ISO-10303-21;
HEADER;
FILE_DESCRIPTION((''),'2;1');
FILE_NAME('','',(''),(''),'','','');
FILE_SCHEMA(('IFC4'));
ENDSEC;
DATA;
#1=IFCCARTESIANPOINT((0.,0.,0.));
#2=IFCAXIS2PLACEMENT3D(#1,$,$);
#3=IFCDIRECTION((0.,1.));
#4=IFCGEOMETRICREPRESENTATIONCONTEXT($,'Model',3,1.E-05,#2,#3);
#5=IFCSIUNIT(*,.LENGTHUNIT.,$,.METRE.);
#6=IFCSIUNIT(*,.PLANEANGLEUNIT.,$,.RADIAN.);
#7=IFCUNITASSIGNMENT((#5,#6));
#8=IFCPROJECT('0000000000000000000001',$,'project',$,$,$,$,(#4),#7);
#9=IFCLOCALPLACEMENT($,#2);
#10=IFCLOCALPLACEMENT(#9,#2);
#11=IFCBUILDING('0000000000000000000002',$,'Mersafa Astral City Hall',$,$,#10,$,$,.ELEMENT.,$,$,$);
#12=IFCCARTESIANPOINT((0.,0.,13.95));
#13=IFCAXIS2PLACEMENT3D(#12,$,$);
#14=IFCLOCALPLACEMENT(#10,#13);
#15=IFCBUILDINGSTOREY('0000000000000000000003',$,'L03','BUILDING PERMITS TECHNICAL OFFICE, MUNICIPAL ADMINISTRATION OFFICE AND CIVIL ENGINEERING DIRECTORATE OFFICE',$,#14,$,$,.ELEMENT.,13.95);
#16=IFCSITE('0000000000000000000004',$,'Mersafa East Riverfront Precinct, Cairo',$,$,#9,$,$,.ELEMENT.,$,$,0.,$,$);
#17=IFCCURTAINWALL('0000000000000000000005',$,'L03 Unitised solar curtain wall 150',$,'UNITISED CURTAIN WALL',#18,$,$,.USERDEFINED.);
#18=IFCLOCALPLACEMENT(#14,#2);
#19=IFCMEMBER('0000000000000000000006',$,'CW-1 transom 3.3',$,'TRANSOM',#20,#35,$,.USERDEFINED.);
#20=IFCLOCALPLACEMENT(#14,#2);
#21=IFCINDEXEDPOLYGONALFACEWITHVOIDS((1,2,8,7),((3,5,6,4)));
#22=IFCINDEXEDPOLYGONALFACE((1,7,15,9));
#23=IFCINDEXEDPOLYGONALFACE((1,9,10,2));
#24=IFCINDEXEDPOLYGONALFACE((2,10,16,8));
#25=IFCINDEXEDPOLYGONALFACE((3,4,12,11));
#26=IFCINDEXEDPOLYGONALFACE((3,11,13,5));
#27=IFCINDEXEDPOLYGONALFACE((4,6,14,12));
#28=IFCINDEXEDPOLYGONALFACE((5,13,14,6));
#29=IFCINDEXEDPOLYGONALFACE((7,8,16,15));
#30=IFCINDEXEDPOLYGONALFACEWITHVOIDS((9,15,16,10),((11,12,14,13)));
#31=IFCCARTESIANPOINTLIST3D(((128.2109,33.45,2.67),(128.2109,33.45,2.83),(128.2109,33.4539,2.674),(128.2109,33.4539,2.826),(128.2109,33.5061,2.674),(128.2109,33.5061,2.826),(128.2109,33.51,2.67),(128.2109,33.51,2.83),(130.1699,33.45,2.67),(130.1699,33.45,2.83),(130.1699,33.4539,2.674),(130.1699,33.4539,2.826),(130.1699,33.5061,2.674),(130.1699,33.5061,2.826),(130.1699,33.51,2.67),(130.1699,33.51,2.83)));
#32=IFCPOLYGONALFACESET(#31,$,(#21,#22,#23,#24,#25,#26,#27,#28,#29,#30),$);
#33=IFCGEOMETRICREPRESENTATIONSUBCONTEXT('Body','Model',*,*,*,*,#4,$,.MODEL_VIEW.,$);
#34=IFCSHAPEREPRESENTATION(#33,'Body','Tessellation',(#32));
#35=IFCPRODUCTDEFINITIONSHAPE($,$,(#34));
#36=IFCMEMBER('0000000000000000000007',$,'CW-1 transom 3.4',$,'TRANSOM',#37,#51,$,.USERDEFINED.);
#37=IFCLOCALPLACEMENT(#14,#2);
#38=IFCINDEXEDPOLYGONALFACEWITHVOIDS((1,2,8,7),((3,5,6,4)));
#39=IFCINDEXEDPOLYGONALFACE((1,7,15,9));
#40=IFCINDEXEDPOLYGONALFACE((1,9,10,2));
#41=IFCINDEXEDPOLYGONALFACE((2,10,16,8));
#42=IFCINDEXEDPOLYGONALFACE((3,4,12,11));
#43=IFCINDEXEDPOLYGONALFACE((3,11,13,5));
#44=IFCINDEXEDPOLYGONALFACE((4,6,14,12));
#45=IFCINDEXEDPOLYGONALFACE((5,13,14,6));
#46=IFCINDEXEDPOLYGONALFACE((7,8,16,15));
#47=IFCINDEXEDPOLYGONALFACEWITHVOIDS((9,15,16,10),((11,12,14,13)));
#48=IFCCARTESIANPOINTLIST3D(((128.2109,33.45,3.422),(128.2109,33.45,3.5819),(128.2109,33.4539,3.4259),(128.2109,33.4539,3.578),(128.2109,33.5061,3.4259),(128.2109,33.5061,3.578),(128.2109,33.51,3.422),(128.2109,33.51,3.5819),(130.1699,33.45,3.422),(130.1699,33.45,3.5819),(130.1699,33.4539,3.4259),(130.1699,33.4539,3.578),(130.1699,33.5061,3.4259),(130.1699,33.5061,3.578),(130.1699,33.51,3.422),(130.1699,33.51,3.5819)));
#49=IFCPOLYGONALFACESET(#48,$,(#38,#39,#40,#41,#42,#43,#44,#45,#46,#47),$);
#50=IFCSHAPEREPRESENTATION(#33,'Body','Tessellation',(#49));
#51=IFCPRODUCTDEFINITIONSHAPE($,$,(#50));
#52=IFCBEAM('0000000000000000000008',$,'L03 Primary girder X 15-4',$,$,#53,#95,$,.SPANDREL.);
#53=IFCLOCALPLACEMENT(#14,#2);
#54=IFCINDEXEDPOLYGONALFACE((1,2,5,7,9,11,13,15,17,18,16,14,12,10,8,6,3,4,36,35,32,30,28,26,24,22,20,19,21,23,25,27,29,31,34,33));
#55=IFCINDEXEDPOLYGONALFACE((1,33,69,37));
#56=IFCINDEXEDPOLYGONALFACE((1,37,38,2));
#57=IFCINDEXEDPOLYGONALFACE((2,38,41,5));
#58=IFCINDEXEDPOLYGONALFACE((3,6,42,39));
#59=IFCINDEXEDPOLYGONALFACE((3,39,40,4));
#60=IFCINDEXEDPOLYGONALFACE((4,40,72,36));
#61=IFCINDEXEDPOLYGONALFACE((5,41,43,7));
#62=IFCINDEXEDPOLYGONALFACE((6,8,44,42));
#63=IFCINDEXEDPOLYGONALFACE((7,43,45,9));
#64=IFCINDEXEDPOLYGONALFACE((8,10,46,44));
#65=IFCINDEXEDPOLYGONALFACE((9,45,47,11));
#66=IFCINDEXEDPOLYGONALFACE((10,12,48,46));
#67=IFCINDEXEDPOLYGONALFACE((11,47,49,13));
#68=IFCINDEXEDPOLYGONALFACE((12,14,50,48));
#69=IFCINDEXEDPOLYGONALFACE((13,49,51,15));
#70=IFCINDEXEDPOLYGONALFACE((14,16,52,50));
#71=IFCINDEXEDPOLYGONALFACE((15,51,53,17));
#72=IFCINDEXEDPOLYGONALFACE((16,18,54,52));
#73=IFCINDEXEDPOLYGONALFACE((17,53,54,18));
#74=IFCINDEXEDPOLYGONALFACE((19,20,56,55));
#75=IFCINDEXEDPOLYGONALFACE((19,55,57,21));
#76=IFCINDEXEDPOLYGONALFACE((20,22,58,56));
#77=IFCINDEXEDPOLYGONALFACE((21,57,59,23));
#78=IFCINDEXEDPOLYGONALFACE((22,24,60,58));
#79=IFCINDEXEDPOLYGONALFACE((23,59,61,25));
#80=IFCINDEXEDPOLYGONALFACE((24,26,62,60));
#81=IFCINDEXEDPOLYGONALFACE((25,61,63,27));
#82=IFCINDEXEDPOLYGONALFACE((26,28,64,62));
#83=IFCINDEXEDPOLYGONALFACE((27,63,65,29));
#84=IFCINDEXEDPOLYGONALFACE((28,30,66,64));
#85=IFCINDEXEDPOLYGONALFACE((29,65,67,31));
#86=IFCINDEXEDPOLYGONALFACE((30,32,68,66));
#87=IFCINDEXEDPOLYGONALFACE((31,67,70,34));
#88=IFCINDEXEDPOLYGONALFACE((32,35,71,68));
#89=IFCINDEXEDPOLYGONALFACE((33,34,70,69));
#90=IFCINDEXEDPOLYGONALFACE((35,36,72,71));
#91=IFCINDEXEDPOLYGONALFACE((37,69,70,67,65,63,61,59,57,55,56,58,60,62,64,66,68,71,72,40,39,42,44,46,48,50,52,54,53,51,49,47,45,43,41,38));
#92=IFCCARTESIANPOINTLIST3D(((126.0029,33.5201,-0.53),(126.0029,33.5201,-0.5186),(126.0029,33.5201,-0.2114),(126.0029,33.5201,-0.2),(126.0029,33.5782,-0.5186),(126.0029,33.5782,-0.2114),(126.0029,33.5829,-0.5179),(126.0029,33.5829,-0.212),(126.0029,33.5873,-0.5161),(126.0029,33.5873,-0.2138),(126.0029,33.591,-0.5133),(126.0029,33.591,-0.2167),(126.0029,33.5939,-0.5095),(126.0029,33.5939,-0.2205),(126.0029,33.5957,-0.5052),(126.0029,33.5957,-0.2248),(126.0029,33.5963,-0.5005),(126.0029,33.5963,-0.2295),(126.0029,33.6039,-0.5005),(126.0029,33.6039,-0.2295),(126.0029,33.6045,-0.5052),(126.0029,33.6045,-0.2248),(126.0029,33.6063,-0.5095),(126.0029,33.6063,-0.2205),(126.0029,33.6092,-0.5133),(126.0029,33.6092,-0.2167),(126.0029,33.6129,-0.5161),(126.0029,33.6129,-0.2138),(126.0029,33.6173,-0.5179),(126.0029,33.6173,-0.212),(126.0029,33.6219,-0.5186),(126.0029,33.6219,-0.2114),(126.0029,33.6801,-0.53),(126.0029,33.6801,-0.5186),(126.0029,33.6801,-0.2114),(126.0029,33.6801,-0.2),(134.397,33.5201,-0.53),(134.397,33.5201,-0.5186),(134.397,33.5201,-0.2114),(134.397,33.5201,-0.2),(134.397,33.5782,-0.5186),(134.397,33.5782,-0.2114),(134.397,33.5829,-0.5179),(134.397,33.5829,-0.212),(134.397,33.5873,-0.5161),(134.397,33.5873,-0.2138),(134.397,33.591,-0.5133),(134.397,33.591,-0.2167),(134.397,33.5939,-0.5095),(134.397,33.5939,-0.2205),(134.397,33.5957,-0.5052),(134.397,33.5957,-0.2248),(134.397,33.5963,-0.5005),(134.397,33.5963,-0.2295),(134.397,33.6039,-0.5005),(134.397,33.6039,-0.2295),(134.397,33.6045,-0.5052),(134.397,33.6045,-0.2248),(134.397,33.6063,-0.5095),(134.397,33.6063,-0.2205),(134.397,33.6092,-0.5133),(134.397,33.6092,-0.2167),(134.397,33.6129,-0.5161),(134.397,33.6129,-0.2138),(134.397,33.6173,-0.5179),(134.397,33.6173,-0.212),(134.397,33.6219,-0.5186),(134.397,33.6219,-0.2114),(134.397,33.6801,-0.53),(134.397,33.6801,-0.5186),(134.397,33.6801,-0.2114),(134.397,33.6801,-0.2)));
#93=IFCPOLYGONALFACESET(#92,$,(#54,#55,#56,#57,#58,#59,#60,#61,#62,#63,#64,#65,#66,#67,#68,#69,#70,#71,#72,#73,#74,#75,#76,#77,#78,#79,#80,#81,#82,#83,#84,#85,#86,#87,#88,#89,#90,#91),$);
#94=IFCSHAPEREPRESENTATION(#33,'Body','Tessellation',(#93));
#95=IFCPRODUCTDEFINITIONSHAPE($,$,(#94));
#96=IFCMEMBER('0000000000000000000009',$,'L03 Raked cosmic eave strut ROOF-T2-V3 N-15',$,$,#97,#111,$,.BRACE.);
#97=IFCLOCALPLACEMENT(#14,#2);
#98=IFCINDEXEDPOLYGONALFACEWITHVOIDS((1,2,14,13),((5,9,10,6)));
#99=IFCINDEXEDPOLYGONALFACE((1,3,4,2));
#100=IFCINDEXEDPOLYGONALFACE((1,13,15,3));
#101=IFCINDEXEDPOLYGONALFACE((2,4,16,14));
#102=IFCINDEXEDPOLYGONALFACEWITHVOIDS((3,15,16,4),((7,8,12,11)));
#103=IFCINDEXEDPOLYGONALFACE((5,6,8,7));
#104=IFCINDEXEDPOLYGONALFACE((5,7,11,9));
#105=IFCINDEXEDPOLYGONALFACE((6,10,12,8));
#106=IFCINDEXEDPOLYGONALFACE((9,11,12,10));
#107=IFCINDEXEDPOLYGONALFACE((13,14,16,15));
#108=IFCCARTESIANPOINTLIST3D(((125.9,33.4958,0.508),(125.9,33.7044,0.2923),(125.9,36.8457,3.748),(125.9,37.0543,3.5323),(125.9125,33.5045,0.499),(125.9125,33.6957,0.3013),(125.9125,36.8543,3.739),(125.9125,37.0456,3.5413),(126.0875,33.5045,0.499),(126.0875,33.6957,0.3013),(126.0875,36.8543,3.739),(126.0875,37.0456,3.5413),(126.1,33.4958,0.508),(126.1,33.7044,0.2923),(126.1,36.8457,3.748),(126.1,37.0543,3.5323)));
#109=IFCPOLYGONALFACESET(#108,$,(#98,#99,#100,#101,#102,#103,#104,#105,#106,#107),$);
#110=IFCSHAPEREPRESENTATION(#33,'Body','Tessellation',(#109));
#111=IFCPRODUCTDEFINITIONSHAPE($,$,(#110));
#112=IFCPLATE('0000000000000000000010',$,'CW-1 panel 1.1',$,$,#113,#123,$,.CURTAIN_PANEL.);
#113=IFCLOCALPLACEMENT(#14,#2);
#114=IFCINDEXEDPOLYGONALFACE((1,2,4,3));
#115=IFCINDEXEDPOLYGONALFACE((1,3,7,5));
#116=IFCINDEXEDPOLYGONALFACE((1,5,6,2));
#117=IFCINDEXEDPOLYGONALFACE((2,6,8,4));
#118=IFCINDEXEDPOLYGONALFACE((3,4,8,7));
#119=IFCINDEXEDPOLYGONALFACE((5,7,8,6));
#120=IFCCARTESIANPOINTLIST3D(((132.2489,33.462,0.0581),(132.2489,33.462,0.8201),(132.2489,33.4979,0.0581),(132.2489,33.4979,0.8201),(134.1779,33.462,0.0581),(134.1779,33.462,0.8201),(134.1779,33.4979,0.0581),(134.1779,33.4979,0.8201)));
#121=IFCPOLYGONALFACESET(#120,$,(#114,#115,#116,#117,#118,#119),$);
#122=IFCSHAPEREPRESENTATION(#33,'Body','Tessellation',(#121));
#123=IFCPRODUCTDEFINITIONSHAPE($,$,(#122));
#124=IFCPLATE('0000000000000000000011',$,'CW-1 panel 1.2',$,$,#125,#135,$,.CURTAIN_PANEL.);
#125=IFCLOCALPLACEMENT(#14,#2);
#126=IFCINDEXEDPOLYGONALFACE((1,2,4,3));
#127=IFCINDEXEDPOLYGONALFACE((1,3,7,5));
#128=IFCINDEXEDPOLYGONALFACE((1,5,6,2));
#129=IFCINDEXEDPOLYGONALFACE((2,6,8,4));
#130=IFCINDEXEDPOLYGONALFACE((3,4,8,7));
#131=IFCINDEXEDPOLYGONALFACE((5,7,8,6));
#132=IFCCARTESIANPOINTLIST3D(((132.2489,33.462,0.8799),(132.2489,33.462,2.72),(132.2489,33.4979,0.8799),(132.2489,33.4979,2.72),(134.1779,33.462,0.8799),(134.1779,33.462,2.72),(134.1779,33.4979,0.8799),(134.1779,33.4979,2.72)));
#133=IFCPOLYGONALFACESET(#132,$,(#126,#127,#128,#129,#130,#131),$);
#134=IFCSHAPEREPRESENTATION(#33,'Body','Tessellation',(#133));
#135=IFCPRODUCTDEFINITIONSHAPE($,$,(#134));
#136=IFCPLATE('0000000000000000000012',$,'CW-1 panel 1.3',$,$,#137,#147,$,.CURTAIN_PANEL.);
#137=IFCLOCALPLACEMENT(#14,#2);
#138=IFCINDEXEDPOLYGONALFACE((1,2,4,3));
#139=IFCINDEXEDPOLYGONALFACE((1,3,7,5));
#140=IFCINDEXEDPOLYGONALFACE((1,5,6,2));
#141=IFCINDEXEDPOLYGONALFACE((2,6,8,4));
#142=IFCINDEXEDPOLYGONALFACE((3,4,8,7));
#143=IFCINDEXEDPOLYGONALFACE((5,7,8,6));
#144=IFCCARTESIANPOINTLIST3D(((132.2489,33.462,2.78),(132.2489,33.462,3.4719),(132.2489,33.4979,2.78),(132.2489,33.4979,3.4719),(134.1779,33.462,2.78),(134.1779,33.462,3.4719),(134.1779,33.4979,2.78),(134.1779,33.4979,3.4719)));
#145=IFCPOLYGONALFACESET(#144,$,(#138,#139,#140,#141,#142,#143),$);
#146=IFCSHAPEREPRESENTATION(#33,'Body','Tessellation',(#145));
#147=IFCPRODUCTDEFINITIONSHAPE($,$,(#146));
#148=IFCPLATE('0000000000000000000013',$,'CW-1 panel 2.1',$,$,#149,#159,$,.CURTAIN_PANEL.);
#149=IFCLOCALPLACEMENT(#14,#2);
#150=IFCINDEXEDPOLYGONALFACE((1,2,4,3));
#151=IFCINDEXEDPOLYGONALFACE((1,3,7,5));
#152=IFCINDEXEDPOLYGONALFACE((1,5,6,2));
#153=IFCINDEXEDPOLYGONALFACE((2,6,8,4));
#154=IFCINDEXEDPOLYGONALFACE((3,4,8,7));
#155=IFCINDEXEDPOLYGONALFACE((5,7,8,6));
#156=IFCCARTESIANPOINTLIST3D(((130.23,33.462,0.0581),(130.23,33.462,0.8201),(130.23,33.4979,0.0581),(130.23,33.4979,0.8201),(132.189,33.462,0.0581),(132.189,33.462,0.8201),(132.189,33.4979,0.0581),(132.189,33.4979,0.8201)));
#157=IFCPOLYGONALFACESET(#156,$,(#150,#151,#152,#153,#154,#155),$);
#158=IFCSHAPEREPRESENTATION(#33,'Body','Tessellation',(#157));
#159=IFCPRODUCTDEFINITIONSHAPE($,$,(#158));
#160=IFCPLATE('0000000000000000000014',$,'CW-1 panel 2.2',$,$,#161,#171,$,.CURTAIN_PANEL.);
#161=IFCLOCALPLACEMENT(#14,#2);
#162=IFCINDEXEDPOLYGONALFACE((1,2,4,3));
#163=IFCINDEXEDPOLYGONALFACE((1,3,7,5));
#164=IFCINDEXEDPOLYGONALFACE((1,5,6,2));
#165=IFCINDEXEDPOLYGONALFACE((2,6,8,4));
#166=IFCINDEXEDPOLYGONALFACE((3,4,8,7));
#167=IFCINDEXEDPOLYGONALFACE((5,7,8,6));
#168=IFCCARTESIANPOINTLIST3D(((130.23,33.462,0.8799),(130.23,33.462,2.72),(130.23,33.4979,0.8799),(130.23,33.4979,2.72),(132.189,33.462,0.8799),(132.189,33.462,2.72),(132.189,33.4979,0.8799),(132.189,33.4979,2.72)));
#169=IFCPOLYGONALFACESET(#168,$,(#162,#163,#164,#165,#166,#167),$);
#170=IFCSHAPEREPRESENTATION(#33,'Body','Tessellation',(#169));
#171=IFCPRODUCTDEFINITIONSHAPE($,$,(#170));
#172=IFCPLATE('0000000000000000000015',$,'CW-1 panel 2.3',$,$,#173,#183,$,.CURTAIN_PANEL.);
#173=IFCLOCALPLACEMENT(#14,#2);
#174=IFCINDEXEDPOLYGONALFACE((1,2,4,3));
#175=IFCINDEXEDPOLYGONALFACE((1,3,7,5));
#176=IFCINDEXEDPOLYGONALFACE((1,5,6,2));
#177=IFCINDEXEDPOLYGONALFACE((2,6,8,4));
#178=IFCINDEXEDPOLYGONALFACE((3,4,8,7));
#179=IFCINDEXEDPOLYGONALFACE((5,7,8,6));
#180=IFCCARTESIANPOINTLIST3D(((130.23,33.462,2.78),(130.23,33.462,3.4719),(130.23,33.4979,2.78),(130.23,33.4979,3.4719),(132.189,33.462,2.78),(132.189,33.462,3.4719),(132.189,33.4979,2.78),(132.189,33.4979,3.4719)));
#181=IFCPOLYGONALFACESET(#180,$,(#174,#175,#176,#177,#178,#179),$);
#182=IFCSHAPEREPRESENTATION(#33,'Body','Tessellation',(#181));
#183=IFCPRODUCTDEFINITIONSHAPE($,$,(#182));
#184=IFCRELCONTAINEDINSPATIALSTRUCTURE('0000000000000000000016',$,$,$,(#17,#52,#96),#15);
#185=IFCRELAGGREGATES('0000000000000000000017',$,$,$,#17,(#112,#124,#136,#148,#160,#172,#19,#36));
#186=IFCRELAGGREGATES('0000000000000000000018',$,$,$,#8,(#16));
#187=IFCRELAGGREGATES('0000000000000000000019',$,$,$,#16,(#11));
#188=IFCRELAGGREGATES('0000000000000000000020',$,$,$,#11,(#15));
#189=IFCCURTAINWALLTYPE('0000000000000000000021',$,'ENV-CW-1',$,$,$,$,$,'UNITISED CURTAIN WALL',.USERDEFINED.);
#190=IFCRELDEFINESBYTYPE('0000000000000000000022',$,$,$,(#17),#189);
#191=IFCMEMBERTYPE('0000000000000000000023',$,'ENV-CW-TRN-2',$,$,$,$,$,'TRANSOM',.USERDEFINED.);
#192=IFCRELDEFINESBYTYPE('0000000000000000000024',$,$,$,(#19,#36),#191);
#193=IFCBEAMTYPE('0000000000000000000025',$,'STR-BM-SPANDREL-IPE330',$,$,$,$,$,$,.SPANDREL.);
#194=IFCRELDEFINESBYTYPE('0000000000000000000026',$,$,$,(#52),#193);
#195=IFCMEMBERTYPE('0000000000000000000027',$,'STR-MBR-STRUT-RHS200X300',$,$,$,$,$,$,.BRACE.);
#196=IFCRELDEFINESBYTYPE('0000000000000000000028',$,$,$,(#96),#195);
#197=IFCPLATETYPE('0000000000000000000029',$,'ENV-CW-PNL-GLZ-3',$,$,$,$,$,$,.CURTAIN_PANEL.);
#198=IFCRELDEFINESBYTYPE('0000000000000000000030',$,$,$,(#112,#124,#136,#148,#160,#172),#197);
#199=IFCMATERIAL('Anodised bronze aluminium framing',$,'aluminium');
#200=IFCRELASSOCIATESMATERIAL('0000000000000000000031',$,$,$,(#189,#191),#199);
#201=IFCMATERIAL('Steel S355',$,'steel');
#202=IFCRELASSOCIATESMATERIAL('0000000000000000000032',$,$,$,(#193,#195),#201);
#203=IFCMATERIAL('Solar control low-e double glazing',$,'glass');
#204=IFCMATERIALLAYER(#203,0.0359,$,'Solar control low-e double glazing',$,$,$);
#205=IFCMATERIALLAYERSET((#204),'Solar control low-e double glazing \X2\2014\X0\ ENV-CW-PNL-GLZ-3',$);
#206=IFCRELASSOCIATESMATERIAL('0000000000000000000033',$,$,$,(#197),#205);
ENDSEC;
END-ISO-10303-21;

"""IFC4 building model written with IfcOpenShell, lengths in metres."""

from ifc_helpers import new_model, si_unit, direction, frame, origin, origin_2d, place, context, subcontext, project, spatial, rectangle, hollow_rectangle, i_section, extrude, material, layer, layer_set, material_profile, profile_set, type_object, element, aggregate, save


model = new_model("IFC4")

# Units and contexts
model_context = context("Model", 3, precision=1e-05, world=origin(), true_north=direction((0.0, 1.0)))
body_context = subcontext(model_context, "Body", "Model", "MODEL_VIEW")
ifc_project = project(units=[si_unit("LENGTHUNIT", "METRE"), si_unit("PLANEANGLEUNIT", "RADIAN")], contexts=[model_context])

# Site, building, storey
site_placement = place(None, origin())
site = spatial("IfcSite", under=ifc_project, at=site_placement, Name="Mersafa East Riverfront Precinct, Cairo", CompositionType="ELEMENT", RefElevation=0.0)
building_placement = place(site_placement, origin())
building = spatial("IfcBuilding", under=site, at=building_placement, Name="Mersafa Astral City Hall", CompositionType="ELEMENT")
storey_placement = place(building_placement, frame((0.0, 0.0, 13.95)))
storey = spatial("IfcBuildingStorey", under=building, at=storey_placement, Name="L03", Description="BUILDING PERMITS TECHNICAL OFFICE, MUNICIPAL ADMINISTRATION OFFICE AND CIVIL ENGINEERING DIRECTORATE OFFICE", CompositionType="ELEMENT", Elevation=13.95)

# Curtain wall, members
ifc_material_1 = material(Name="Anodised bronze aluminium framing", Category="aluminium")
curtain_wall_type = type_object("IfcCurtainWallType", Name="ENV-CW-1", ElementType="UNITISED CURTAIN WALL", PredefinedType="USERDEFINED", material=ifc_material_1)
curtain_wall_placement = place(storey_placement, origin())
curtain_wall = element("IfcCurtainWall", 1, at=curtain_wall_placement, inside=storey, type_object=curtain_wall_type, Name="L03 Unitised solar curtain wall 150", ObjectType="UNITISED CURTAIN WALL", PredefinedType="USERDEFINED")
ifc_material_profile_1 = material_profile(ifc_material_1, hollow_rectangle(XDim=0.0601, YDim=0.1599, WallThickness=0.0039, at=origin_2d()), Name="RHS 60x160x4")
ifc_profile_set_1 = profile_set([ifc_material_profile_1], Name="Anodised bronze aluminium framing")
member_type_1 = type_object("IfcMemberType", Name="ENV-CW-TRN-2", ElementType="TRANSOM", PredefinedType="USERDEFINED", material=ifc_profile_set_1)
member_1_placement = place(storey_placement, frame((130.1699, 33.48, 2.75), z_axis=(-1.0, 0.0, 0.0), x_axis=(0.0, -1.0, 0.0)))
member_1 = element("IfcMember", 2, at=member_1_placement, type_object=member_type_1, Name="CW-1 transom 3.3", ObjectType="TRANSOM", PredefinedType="USERDEFINED", context=body_context, shape_type="SweptSolid", body=[
    extrude(hollow_rectangle(XDim=0.0601, YDim=0.1599, WallThickness=0.0039, at=origin_2d()), origin(), (0.0, 0.0, 1.0), 1.959),
])
member_2_placement = place(storey_placement, frame((130.1699, 33.48, 3.502), z_axis=(-1.0, 0.0, 0.0), x_axis=(0.0, -1.0, 0.0)))
member_2 = element("IfcMember", 3, at=member_2_placement, type_object=member_type_1, Name="CW-1 transom 3.4", ObjectType="TRANSOM", PredefinedType="USERDEFINED", context=body_context, shape_type="SweptSolid", body=[
    extrude(hollow_rectangle(XDim=0.0601, YDim=0.1599, WallThickness=0.0039, at=origin_2d()), origin(), (0.0, 0.0, 1.0), 1.959),
])

# Beam
ifc_material_2 = material(Name="Steel S355", Category="steel")
ifc_material_profile_2 = material_profile(ifc_material_2, i_section(OverallWidth=0.1599, OverallDepth=0.3301, WebThickness=0.0076, FlangeThickness=0.0115, FilletRadius=0.0181, at=origin_2d()), Name="IPE 330")
ifc_profile_set_2 = profile_set([ifc_material_profile_2], Name="Steel S355")
beam_type = type_object("IfcBeamType", Name="STR-BM-SPANDREL-IPE330", PredefinedType="SPANDREL", material=ifc_profile_set_2)
beam_placement = place(storey_placement, frame((126.0029, 33.6001, -0.365), z_axis=(1.0, 0.0, 0.0), x_axis=(0.0, 1.0, 0.0)))
element("IfcBeam", 4, at=beam_placement, inside=storey, type_object=beam_type, Name="L03 Primary girder X 15-4", PredefinedType="SPANDREL", context=body_context, shape_type="SweptSolid", body=[
    extrude(i_section(OverallWidth=0.1599, OverallDepth=0.3301, WebThickness=0.0076, FlangeThickness=0.0115, FilletRadius=0.0181, at=origin_2d()), origin(), (0.0, 0.0, 1.0), 8.394),
])

# Member
ifc_material_profile_3 = material_profile(ifc_material_2, hollow_rectangle(XDim=0.2, YDim=0.3, WallThickness=0.0125, at=origin_2d()), Name="RHS 200x300x12.5")
ifc_profile_set_3 = profile_set([ifc_material_profile_3], Name="Steel S355")
member_type_2 = type_object("IfcMemberType", Name="STR-MBR-STRUT-RHS200X300", PredefinedType="BRACE", material=ifc_profile_set_3)
member_3_placement = place(storey_placement, frame((126.0, 33.6001, 0.4001), z_axis=(0.0, 0.718796, 0.695222), x_axis=(-1.0, 0.0, 0.0)))
element("IfcMember", 5, at=member_3_placement, inside=storey, type_object=member_type_2, Name="L03 Raked cosmic eave strut ROOF-T2-V3 N-15", PredefinedType="BRACE", context=body_context, shape_type="SweptSolid", body=[
    extrude(hollow_rectangle(XDim=0.2, YDim=0.3, WallThickness=0.0125, at=origin_2d()), origin(), (0.0, 0.0, 1.0), 4.6604),
])

# Plates
ifc_material_3 = material(Name="Solar control low-e double glazing", Category="glass")
ifc_layer = layer(ifc_material_3, 0.0359, Name="Solar control low-e double glazing")
ifc_layer_set = layer_set([ifc_layer], Name="Solar control low-e double glazing — ENV-CW-PNL-GLZ-3")
plate_type = type_object("IfcPlateType", Name="ENV-CW-PNL-GLZ-3", PredefinedType="CURTAIN_PANEL", material=ifc_layer_set)
plate_1_placement = place(storey_placement, frame((133.2134, 33.48, 0.0581), z_axis=(0.0, 0.0, 1.0), x_axis=(-1.0, 0.0, 0.0)))
plate_1 = element("IfcPlate", 6, at=plate_1_placement, type_object=plate_type, Name="CW-1 panel 1.1", PredefinedType="CURTAIN_PANEL", context=body_context, shape_type="SweptSolid", body=[
    extrude(rectangle(XDim=1.929, YDim=0.0359, at=origin_2d()), origin(), (0.0, 0.0, 1.0), 0.762),
])
plate_2_placement = place(storey_placement, frame((133.2134, 33.48, 0.8799), z_axis=(0.0, 0.0, 1.0), x_axis=(-1.0, 0.0, 0.0)))
plate_2 = element("IfcPlate", 7, at=plate_2_placement, type_object=plate_type, Name="CW-1 panel 1.2", PredefinedType="CURTAIN_PANEL", context=body_context, shape_type="SweptSolid", body=[
    extrude(rectangle(XDim=1.929, YDim=0.0359, at=origin_2d()), origin(), (0.0, 0.0, 1.0), 1.8401),
])
plate_3_placement = place(storey_placement, frame((133.2134, 33.48, 2.78), z_axis=(0.0, 0.0, 1.0), x_axis=(-1.0, 0.0, 0.0)))
plate_3 = element("IfcPlate", 8, at=plate_3_placement, type_object=plate_type, Name="CW-1 panel 1.3", PredefinedType="CURTAIN_PANEL", context=body_context, shape_type="SweptSolid", body=[
    extrude(rectangle(XDim=1.929, YDim=0.0359, at=origin_2d()), origin(), (0.0, 0.0, 1.0), 0.6919),
])
plate_4_placement = place(storey_placement, frame((131.2095, 33.48, 0.0581), z_axis=(0.0, 0.0, 1.0), x_axis=(-1.0, 0.0, 0.0)))
plate_4 = element("IfcPlate", 9, at=plate_4_placement, type_object=plate_type, Name="CW-1 panel 2.1", PredefinedType="CURTAIN_PANEL", context=body_context, shape_type="SweptSolid", body=[
    extrude(rectangle(XDim=1.959, YDim=0.0359, at=origin_2d()), origin(), (0.0, 0.0, 1.0), 0.762),
])
plate_5_placement = place(storey_placement, frame((131.2095, 33.48, 0.8799), z_axis=(0.0, 0.0, 1.0), x_axis=(-1.0, 0.0, 0.0)))
plate_5 = element("IfcPlate", 10, at=plate_5_placement, type_object=plate_type, Name="CW-1 panel 2.2", PredefinedType="CURTAIN_PANEL", context=body_context, shape_type="SweptSolid", body=[
    extrude(rectangle(XDim=1.959, YDim=0.0359, at=origin_2d()), origin(), (0.0, 0.0, 1.0), 1.8401),
])
plate_6_placement = place(storey_placement, frame((131.2095, 33.48, 2.78), z_axis=(0.0, 0.0, 1.0), x_axis=(-1.0, 0.0, 0.0)))
plate_6 = element("IfcPlate", 11, at=plate_6_placement, type_object=plate_type, Name="CW-1 panel 2.3", PredefinedType="CURTAIN_PANEL", context=body_context, shape_type="SweptSolid", body=[
    extrude(rectangle(XDim=1.959, YDim=0.0359, at=origin_2d()), origin(), (0.0, 0.0, 1.0), 0.6919),
])
aggregate(curtain_wall, [plate_1, plate_2, plate_3, plate_4, plate_5, plate_6, member_1, member_2])

save(model, "model.ifc")
